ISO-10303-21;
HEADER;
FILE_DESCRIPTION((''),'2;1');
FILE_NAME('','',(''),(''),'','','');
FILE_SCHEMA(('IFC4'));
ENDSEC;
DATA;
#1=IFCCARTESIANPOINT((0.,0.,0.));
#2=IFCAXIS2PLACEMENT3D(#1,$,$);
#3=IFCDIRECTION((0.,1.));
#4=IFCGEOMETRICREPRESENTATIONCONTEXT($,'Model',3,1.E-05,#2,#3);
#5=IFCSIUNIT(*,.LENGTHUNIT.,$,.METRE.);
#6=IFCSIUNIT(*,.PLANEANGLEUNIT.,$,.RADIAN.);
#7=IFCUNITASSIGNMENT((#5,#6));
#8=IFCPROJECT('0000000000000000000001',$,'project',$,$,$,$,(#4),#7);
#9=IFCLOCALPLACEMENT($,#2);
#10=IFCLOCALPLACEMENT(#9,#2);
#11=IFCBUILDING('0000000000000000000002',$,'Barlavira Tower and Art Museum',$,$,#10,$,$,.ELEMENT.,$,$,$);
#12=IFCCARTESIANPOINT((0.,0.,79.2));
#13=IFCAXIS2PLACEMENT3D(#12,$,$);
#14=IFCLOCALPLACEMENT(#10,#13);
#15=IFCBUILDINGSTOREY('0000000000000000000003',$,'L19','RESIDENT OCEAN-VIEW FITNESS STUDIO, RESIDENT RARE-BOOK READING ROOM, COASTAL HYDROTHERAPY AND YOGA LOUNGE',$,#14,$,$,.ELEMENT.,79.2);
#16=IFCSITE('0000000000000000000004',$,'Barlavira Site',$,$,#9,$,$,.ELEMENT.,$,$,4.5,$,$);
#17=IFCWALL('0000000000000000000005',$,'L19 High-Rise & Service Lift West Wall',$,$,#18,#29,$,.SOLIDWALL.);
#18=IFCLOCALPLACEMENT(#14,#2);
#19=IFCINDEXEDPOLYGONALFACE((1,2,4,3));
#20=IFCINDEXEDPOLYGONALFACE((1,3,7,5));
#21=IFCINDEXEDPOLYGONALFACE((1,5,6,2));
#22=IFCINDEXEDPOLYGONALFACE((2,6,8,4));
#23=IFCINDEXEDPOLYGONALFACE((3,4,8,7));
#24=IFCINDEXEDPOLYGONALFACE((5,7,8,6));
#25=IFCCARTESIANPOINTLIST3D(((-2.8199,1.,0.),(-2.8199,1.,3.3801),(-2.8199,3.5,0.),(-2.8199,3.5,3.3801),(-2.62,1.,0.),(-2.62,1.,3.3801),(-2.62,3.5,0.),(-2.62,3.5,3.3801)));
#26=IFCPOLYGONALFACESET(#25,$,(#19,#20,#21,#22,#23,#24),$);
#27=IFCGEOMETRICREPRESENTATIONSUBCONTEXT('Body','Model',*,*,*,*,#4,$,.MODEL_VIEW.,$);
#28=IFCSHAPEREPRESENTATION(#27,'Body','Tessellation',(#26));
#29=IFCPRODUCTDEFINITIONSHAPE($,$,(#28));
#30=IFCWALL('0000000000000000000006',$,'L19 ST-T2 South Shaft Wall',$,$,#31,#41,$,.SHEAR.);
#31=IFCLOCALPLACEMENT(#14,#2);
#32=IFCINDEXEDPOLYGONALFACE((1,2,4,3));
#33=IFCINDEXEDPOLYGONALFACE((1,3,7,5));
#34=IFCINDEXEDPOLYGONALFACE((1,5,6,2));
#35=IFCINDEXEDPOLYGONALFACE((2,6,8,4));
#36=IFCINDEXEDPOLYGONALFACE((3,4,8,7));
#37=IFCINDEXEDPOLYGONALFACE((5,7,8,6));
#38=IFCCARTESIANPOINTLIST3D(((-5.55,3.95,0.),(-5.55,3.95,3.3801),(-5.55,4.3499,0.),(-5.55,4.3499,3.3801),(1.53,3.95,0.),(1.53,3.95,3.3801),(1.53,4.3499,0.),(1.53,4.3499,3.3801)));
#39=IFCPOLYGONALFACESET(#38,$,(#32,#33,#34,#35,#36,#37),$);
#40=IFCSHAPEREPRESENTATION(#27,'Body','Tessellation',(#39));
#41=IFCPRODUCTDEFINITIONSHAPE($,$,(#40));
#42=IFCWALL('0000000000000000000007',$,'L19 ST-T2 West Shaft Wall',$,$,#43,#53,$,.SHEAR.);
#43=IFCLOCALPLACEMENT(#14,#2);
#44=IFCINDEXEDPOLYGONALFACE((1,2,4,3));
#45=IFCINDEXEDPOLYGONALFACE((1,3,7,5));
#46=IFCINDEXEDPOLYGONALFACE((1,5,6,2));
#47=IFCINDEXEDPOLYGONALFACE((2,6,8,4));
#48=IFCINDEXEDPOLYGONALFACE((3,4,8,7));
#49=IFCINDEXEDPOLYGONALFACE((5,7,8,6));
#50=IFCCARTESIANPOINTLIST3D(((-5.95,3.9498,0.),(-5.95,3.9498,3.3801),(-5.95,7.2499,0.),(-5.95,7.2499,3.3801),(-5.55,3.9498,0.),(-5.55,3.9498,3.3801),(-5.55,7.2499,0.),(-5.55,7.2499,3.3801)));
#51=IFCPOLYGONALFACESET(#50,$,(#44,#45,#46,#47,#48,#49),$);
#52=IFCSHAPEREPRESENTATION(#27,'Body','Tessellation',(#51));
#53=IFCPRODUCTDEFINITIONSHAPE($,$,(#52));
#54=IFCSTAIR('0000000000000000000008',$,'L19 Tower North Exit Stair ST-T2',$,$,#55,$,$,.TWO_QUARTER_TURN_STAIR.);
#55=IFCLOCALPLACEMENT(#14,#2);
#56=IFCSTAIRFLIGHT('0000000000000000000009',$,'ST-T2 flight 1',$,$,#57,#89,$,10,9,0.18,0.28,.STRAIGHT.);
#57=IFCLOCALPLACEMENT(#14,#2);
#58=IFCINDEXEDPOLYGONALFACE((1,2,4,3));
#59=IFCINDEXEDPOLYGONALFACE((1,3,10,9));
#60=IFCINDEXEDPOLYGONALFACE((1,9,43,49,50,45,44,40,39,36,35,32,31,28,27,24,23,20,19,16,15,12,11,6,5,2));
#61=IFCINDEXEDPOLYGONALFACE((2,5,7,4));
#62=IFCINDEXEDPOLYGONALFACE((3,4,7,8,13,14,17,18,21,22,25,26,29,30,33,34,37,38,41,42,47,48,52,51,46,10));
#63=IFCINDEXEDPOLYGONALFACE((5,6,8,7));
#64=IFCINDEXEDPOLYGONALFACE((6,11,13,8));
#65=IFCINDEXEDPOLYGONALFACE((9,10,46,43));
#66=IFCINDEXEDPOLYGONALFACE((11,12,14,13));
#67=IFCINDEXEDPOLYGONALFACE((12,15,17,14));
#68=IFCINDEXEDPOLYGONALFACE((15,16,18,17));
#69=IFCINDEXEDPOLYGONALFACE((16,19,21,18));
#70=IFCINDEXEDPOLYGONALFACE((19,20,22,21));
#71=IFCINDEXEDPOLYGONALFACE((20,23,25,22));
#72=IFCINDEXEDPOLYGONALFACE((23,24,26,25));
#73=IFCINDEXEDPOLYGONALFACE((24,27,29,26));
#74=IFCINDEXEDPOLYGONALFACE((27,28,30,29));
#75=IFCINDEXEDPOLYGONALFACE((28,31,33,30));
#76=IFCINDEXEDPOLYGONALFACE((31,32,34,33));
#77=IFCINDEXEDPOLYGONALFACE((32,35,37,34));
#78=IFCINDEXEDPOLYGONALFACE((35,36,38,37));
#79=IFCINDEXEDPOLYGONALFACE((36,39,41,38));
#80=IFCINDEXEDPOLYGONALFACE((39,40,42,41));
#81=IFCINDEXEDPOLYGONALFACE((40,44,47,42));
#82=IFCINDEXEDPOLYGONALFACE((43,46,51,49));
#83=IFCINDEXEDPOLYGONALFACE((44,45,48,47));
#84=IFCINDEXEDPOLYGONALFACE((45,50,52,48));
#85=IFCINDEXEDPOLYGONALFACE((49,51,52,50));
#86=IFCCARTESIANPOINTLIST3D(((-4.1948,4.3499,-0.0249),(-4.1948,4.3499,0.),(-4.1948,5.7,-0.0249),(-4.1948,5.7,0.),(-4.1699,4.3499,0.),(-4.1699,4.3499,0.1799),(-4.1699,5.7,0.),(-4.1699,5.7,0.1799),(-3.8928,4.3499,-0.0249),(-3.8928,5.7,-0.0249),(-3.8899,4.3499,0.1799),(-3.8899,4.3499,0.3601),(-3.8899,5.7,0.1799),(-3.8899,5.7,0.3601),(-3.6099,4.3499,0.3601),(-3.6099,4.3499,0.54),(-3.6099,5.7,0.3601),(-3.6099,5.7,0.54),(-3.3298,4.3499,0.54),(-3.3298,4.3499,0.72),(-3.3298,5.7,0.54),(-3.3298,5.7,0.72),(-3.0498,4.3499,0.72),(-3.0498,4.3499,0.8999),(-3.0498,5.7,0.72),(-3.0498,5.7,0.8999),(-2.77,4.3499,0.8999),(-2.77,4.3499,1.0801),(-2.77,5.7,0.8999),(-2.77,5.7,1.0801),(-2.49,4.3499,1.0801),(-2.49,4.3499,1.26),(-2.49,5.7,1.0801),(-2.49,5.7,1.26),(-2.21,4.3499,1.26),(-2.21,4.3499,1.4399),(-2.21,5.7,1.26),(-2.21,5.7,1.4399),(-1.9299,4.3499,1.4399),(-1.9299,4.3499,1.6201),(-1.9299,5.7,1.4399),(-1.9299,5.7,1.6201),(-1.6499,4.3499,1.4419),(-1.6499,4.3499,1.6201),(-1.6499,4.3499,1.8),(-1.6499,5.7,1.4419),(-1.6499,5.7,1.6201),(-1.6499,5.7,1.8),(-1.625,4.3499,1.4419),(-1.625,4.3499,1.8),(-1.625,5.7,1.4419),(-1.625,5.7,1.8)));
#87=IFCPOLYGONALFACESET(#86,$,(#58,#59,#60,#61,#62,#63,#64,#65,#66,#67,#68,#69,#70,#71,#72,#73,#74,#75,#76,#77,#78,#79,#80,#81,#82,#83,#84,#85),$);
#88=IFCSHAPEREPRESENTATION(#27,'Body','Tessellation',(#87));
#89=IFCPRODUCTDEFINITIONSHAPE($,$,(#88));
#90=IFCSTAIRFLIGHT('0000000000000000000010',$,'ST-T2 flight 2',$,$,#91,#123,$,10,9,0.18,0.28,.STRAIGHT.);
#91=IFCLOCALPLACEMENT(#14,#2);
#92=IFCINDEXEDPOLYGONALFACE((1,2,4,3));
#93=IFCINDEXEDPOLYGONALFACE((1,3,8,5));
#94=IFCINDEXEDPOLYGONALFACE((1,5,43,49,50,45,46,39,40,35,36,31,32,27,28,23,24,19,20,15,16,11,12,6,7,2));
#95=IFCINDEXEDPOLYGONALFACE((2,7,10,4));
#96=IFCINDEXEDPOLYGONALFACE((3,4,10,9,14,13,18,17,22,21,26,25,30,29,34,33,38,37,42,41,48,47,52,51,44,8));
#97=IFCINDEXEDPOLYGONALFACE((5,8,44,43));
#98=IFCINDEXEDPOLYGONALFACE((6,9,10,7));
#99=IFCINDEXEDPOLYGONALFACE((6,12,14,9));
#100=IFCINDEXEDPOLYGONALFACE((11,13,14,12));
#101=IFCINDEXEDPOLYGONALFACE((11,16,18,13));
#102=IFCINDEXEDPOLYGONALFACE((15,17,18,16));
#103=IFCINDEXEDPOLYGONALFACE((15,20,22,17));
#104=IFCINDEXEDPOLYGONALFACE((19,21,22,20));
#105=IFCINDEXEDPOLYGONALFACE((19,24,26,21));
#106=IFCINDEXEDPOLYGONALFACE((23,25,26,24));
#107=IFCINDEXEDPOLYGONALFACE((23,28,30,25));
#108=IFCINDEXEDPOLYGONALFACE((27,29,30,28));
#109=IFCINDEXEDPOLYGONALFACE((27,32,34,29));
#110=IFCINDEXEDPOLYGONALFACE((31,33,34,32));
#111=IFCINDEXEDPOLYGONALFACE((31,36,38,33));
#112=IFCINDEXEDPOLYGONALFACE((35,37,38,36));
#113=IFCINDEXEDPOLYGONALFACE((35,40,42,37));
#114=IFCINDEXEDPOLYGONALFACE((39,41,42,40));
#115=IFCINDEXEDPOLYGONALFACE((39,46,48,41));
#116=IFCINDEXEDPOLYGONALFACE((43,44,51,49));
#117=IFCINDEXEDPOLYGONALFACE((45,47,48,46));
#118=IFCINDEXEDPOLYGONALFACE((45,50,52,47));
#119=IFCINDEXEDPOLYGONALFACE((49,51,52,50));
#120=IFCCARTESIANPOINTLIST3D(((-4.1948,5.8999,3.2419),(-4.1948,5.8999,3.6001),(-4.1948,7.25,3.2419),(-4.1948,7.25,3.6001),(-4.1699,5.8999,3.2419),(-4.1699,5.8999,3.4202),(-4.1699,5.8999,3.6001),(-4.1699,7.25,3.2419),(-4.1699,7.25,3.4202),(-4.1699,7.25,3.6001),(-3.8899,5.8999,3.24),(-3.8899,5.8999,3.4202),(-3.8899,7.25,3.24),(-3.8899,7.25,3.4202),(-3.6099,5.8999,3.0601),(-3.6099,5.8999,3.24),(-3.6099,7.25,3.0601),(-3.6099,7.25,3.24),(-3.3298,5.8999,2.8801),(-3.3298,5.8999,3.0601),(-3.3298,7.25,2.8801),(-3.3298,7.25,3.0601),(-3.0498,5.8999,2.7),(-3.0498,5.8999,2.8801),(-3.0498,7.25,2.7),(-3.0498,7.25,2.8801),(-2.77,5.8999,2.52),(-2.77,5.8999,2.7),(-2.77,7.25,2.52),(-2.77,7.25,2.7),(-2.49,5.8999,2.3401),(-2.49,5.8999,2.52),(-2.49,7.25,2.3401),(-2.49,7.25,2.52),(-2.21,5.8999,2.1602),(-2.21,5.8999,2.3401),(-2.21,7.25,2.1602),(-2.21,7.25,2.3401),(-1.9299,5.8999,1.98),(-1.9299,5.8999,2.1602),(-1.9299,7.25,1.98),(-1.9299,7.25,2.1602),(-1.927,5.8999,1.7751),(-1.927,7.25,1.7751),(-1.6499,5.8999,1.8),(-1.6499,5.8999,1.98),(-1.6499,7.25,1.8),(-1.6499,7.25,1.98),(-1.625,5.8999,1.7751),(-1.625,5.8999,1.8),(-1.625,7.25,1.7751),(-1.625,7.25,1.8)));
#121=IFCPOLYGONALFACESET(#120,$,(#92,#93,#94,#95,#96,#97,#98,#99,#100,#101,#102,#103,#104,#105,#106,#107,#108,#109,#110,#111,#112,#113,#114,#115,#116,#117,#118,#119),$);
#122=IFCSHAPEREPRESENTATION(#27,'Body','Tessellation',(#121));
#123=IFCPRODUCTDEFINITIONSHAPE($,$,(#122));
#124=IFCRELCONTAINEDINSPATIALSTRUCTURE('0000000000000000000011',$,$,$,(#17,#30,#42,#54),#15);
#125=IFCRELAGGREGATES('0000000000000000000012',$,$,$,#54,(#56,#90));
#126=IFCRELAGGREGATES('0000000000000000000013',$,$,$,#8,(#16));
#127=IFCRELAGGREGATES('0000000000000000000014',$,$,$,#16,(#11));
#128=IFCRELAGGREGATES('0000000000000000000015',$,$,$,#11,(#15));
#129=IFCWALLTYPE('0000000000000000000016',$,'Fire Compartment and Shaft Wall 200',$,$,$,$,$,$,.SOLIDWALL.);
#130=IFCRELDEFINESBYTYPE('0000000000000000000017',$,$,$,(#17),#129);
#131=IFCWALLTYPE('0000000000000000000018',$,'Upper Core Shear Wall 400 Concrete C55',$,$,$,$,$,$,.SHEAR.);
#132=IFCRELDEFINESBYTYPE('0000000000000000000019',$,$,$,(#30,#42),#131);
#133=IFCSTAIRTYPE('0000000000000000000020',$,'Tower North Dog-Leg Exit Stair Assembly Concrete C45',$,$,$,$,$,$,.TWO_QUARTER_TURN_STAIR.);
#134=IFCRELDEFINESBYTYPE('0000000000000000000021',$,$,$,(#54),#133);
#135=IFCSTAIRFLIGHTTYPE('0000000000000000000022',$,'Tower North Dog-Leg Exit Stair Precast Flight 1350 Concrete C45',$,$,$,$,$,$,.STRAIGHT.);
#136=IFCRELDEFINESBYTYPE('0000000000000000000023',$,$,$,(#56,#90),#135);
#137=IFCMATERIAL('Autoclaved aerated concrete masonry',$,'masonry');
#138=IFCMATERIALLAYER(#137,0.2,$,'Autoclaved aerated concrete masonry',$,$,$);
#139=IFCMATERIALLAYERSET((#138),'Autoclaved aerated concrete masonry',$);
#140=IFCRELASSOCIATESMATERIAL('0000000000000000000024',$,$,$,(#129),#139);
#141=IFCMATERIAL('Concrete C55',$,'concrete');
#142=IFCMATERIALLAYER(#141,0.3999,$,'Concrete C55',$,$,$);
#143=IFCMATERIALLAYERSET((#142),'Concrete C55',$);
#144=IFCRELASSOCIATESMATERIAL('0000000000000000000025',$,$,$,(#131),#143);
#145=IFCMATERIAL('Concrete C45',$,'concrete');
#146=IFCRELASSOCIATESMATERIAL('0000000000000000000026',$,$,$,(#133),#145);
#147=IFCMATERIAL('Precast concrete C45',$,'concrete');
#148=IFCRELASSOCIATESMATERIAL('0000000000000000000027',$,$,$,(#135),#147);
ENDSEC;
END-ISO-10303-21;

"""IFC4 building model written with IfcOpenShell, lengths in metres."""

from ifc_helpers import new_model, si_unit, direction, frame, frame_2d, origin, place, context, subcontext, project, spatial, polyline, rectangle, outline, extrude, material, layer, layer_set, type_object, element, aggregate, save


model = new_model("IFC4")

# Units and contexts
model_context = context("Model", 3, precision=1e-05, world=origin(), true_north=direction((0.0, 1.0)))
body_context = subcontext(model_context, "Body", "Model", "MODEL_VIEW")
ifc_project = project(units=[si_unit("LENGTHUNIT", "METRE"), si_unit("PLANEANGLEUNIT", "RADIAN")], contexts=[model_context])

# Site, building, storey
site_placement = place(None, origin())
site = spatial("IfcSite", under=ifc_project, at=site_placement, Name="Barlavira Site", CompositionType="ELEMENT", RefElevation=4.5)
building_placement = place(site_placement, origin())
building = spatial("IfcBuilding", under=site, at=building_placement, Name="Barlavira Tower and Art Museum", CompositionType="ELEMENT")
storey_placement = place(building_placement, frame((0.0, 0.0, 79.2)))
storey = spatial("IfcBuildingStorey", under=building, at=storey_placement, Name="L19", Description="RESIDENT OCEAN-VIEW FITNESS STUDIO, RESIDENT RARE-BOOK READING ROOM, COASTAL HYDROTHERAPY AND YOGA LOUNGE", CompositionType="ELEMENT", Elevation=79.2)

# Shared definitions
ifc_material_1 = material(Name="Autoclaved aerated concrete masonry", Category="masonry")
ifc_layer_1 = layer(ifc_material_1, 0.2, Name="Autoclaved aerated concrete masonry")
ifc_layer_set_1 = layer_set([ifc_layer_1], Name="Autoclaved aerated concrete masonry")
wall_type_1 = type_object("IfcWallType", Name="Fire Compartment and Shaft Wall 200", PredefinedType="SOLIDWALL", material=ifc_layer_set_1)

# Walls
wall_1_placement = place(storey_placement, frame((-2.72, 1.0, 0.0), z_axis=(0.0, 0.0, 1.0), x_axis=(0.0, 1.0, 0.0)))
element("IfcWall", 1, at=wall_1_placement, inside=storey, type_object=wall_type_1, Name="L19 High-Rise & Service Lift West Wall", PredefinedType="SOLIDWALL", context=body_context, shape_type="SweptSolid", body=[
    extrude(rectangle(XDim=2.5, YDim=0.2, at=frame_2d((1.25, 0.0))), origin(), (0.0, 0.0, 1.0), 3.3801),
])
ifc_material_2 = material(Name="Concrete C55", Category="concrete")
ifc_layer_2 = layer(ifc_material_2, 0.3999, Name="Concrete C55")
ifc_layer_set_2 = layer_set([ifc_layer_2], Name="Concrete C55")
wall_type_2 = type_object("IfcWallType", Name="Upper Core Shear Wall 400 Concrete C55", PredefinedType="SHEAR", material=ifc_layer_set_2)
wall_2_placement = place(storey_placement, frame((-5.55, 4.1499, 0.0), z_axis=(0.0, 0.0, 1.0), x_axis=(1.0, 0.0, 0.0)))
element("IfcWall", 2, at=wall_2_placement, inside=storey, type_object=wall_type_2, Name="L19 ST-T2 South Shaft Wall", PredefinedType="SHEAR", context=body_context, shape_type="SweptSolid", body=[
    extrude(rectangle(XDim=7.0801, YDim=0.3999, at=frame_2d((3.54, 0.0))), origin(), (0.0, 0.0, 1.0), 3.3801),
])
wall_3_placement = place(storey_placement, frame((-5.75, 3.95, 0.0), z_axis=(0.0, 0.0, 1.0), x_axis=(0.0, 1.0, 0.0)))
element("IfcWall", 3, at=wall_3_placement, inside=storey, type_object=wall_type_2, Name="L19 ST-T2 West Shaft Wall", PredefinedType="SHEAR", context=body_context, shape_type="SweptSolid", body=[
    extrude(rectangle(XDim=3.3, YDim=0.3999, at=frame_2d((1.6499, 0.0))), origin(), (0.0, 0.0, 1.0), 3.3801),
])

# Stair, stair flights
ifc_material_3 = material(Name="Concrete C45", Category="concrete")
stair_type = type_object("IfcStairType", Name="Tower North Dog-Leg Exit Stair Assembly Concrete C45", PredefinedType="TWO_QUARTER_TURN_STAIR", material=ifc_material_3)
stair_placement = place(storey_placement, origin())
stair = element("IfcStair", 4, at=stair_placement, inside=storey, type_object=stair_type, Name="L19 Tower North Exit Stair ST-T2", PredefinedType="TWO_QUARTER_TURN_STAIR")
ifc_material_4 = material(Name="Precast concrete C45", Category="concrete")
stair_flight_type = type_object("IfcStairFlightType", Name="Tower North Dog-Leg Exit Stair Precast Flight 1350 Concrete C45", PredefinedType="STRAIGHT", material=ifc_material_4)
stair_flight_1_placement = place(storey_placement, frame((-4.1699, 5.0249, 0.0), z_axis=(0.0, 0.0, 1.0), x_axis=(1.0, 0.0, 0.0)))
stair_flight_1 = element("IfcStairFlight", 5, at=stair_flight_1_placement, type_object=stair_flight_type, Name="ST-T2 flight 1", NumberOfRisers=10, NumberOfTreads=9, PredefinedType="STRAIGHT", RiserHeight=0.18, TreadLength=0.28, context=body_context, shape_type="SweptSolid", body=[
    extrude(outline(polyline([(-0.0249, 0.0), (0.0, 0.0), (0.0, 0.1799), (0.28, 0.1799), (0.28, 0.3601), (0.5601, 0.3601), (0.5601, 0.54), (0.8401, 0.54), (0.8401, 0.72), (1.1201, 0.72), (1.1201, 0.8999), (1.3999, 0.8999), (1.3999, 1.0801), (1.6799, 1.0801), (1.6799, 1.26), (1.96, 1.26), (1.96, 1.4399), (2.24, 1.4399), (2.24, 1.6201), (2.52, 1.6201), (2.52, 1.8), (2.5449, 1.8), (2.5449, 1.4419), (2.52, 1.4419), (0.2771, -0.0249), (-0.0249, -0.0249), (-0.0249, 0.0)])), frame((0.0, 0.675, 0.0), z_axis=(0.0, -1.0, 0.0), x_axis=(1.0, 0.0, 0.0)), (0.0, 0.0, 1.0), 1.3501),
])
stair_flight_2_placement = place(storey_placement, frame((-1.6499, 6.575, 1.8), z_axis=(0.0, 0.0, 1.0), x_axis=(-1.0, 0.0, 0.0)))
stair_flight_2 = element("IfcStairFlight", 6, at=stair_flight_2_placement, type_object=stair_flight_type, Name="ST-T2 flight 2", NumberOfRisers=10, NumberOfTreads=9, PredefinedType="STRAIGHT", RiserHeight=0.18, TreadLength=0.28, context=body_context, shape_type="SweptSolid", body=[
    extrude(outline(polyline([(-0.0249, 0.0), (0.0, 0.0), (0.0, 0.1799), (0.28, 0.1799), (0.28, 0.3601), (0.5601, 0.3601), (0.5601, 0.54), (0.8401, 0.54), (0.8401, 0.72), (1.1201, 0.72), (1.1201, 0.8999), (1.3999, 0.8999), (1.3999, 1.0801), (1.6799, 1.0801), (1.6799, 1.26), (1.96, 1.26), (1.96, 1.4399), (2.24, 1.4399), (2.24, 1.6201), (2.52, 1.6201), (2.52, 1.8), (2.5449, 1.8), (2.5449, 1.4419), (2.52, 1.4419), (0.2771, -0.0249), (-0.0249, -0.0249), (-0.0249, 0.0)])), frame((0.0, 0.675, 0.0), z_axis=(0.0, -1.0, 0.0), x_axis=(1.0, 0.0, 0.0)), (0.0, 0.0, 1.0), 1.3501),
])
aggregate(stair, [stair_flight_1, stair_flight_2])

save(model, "model.ifc")
